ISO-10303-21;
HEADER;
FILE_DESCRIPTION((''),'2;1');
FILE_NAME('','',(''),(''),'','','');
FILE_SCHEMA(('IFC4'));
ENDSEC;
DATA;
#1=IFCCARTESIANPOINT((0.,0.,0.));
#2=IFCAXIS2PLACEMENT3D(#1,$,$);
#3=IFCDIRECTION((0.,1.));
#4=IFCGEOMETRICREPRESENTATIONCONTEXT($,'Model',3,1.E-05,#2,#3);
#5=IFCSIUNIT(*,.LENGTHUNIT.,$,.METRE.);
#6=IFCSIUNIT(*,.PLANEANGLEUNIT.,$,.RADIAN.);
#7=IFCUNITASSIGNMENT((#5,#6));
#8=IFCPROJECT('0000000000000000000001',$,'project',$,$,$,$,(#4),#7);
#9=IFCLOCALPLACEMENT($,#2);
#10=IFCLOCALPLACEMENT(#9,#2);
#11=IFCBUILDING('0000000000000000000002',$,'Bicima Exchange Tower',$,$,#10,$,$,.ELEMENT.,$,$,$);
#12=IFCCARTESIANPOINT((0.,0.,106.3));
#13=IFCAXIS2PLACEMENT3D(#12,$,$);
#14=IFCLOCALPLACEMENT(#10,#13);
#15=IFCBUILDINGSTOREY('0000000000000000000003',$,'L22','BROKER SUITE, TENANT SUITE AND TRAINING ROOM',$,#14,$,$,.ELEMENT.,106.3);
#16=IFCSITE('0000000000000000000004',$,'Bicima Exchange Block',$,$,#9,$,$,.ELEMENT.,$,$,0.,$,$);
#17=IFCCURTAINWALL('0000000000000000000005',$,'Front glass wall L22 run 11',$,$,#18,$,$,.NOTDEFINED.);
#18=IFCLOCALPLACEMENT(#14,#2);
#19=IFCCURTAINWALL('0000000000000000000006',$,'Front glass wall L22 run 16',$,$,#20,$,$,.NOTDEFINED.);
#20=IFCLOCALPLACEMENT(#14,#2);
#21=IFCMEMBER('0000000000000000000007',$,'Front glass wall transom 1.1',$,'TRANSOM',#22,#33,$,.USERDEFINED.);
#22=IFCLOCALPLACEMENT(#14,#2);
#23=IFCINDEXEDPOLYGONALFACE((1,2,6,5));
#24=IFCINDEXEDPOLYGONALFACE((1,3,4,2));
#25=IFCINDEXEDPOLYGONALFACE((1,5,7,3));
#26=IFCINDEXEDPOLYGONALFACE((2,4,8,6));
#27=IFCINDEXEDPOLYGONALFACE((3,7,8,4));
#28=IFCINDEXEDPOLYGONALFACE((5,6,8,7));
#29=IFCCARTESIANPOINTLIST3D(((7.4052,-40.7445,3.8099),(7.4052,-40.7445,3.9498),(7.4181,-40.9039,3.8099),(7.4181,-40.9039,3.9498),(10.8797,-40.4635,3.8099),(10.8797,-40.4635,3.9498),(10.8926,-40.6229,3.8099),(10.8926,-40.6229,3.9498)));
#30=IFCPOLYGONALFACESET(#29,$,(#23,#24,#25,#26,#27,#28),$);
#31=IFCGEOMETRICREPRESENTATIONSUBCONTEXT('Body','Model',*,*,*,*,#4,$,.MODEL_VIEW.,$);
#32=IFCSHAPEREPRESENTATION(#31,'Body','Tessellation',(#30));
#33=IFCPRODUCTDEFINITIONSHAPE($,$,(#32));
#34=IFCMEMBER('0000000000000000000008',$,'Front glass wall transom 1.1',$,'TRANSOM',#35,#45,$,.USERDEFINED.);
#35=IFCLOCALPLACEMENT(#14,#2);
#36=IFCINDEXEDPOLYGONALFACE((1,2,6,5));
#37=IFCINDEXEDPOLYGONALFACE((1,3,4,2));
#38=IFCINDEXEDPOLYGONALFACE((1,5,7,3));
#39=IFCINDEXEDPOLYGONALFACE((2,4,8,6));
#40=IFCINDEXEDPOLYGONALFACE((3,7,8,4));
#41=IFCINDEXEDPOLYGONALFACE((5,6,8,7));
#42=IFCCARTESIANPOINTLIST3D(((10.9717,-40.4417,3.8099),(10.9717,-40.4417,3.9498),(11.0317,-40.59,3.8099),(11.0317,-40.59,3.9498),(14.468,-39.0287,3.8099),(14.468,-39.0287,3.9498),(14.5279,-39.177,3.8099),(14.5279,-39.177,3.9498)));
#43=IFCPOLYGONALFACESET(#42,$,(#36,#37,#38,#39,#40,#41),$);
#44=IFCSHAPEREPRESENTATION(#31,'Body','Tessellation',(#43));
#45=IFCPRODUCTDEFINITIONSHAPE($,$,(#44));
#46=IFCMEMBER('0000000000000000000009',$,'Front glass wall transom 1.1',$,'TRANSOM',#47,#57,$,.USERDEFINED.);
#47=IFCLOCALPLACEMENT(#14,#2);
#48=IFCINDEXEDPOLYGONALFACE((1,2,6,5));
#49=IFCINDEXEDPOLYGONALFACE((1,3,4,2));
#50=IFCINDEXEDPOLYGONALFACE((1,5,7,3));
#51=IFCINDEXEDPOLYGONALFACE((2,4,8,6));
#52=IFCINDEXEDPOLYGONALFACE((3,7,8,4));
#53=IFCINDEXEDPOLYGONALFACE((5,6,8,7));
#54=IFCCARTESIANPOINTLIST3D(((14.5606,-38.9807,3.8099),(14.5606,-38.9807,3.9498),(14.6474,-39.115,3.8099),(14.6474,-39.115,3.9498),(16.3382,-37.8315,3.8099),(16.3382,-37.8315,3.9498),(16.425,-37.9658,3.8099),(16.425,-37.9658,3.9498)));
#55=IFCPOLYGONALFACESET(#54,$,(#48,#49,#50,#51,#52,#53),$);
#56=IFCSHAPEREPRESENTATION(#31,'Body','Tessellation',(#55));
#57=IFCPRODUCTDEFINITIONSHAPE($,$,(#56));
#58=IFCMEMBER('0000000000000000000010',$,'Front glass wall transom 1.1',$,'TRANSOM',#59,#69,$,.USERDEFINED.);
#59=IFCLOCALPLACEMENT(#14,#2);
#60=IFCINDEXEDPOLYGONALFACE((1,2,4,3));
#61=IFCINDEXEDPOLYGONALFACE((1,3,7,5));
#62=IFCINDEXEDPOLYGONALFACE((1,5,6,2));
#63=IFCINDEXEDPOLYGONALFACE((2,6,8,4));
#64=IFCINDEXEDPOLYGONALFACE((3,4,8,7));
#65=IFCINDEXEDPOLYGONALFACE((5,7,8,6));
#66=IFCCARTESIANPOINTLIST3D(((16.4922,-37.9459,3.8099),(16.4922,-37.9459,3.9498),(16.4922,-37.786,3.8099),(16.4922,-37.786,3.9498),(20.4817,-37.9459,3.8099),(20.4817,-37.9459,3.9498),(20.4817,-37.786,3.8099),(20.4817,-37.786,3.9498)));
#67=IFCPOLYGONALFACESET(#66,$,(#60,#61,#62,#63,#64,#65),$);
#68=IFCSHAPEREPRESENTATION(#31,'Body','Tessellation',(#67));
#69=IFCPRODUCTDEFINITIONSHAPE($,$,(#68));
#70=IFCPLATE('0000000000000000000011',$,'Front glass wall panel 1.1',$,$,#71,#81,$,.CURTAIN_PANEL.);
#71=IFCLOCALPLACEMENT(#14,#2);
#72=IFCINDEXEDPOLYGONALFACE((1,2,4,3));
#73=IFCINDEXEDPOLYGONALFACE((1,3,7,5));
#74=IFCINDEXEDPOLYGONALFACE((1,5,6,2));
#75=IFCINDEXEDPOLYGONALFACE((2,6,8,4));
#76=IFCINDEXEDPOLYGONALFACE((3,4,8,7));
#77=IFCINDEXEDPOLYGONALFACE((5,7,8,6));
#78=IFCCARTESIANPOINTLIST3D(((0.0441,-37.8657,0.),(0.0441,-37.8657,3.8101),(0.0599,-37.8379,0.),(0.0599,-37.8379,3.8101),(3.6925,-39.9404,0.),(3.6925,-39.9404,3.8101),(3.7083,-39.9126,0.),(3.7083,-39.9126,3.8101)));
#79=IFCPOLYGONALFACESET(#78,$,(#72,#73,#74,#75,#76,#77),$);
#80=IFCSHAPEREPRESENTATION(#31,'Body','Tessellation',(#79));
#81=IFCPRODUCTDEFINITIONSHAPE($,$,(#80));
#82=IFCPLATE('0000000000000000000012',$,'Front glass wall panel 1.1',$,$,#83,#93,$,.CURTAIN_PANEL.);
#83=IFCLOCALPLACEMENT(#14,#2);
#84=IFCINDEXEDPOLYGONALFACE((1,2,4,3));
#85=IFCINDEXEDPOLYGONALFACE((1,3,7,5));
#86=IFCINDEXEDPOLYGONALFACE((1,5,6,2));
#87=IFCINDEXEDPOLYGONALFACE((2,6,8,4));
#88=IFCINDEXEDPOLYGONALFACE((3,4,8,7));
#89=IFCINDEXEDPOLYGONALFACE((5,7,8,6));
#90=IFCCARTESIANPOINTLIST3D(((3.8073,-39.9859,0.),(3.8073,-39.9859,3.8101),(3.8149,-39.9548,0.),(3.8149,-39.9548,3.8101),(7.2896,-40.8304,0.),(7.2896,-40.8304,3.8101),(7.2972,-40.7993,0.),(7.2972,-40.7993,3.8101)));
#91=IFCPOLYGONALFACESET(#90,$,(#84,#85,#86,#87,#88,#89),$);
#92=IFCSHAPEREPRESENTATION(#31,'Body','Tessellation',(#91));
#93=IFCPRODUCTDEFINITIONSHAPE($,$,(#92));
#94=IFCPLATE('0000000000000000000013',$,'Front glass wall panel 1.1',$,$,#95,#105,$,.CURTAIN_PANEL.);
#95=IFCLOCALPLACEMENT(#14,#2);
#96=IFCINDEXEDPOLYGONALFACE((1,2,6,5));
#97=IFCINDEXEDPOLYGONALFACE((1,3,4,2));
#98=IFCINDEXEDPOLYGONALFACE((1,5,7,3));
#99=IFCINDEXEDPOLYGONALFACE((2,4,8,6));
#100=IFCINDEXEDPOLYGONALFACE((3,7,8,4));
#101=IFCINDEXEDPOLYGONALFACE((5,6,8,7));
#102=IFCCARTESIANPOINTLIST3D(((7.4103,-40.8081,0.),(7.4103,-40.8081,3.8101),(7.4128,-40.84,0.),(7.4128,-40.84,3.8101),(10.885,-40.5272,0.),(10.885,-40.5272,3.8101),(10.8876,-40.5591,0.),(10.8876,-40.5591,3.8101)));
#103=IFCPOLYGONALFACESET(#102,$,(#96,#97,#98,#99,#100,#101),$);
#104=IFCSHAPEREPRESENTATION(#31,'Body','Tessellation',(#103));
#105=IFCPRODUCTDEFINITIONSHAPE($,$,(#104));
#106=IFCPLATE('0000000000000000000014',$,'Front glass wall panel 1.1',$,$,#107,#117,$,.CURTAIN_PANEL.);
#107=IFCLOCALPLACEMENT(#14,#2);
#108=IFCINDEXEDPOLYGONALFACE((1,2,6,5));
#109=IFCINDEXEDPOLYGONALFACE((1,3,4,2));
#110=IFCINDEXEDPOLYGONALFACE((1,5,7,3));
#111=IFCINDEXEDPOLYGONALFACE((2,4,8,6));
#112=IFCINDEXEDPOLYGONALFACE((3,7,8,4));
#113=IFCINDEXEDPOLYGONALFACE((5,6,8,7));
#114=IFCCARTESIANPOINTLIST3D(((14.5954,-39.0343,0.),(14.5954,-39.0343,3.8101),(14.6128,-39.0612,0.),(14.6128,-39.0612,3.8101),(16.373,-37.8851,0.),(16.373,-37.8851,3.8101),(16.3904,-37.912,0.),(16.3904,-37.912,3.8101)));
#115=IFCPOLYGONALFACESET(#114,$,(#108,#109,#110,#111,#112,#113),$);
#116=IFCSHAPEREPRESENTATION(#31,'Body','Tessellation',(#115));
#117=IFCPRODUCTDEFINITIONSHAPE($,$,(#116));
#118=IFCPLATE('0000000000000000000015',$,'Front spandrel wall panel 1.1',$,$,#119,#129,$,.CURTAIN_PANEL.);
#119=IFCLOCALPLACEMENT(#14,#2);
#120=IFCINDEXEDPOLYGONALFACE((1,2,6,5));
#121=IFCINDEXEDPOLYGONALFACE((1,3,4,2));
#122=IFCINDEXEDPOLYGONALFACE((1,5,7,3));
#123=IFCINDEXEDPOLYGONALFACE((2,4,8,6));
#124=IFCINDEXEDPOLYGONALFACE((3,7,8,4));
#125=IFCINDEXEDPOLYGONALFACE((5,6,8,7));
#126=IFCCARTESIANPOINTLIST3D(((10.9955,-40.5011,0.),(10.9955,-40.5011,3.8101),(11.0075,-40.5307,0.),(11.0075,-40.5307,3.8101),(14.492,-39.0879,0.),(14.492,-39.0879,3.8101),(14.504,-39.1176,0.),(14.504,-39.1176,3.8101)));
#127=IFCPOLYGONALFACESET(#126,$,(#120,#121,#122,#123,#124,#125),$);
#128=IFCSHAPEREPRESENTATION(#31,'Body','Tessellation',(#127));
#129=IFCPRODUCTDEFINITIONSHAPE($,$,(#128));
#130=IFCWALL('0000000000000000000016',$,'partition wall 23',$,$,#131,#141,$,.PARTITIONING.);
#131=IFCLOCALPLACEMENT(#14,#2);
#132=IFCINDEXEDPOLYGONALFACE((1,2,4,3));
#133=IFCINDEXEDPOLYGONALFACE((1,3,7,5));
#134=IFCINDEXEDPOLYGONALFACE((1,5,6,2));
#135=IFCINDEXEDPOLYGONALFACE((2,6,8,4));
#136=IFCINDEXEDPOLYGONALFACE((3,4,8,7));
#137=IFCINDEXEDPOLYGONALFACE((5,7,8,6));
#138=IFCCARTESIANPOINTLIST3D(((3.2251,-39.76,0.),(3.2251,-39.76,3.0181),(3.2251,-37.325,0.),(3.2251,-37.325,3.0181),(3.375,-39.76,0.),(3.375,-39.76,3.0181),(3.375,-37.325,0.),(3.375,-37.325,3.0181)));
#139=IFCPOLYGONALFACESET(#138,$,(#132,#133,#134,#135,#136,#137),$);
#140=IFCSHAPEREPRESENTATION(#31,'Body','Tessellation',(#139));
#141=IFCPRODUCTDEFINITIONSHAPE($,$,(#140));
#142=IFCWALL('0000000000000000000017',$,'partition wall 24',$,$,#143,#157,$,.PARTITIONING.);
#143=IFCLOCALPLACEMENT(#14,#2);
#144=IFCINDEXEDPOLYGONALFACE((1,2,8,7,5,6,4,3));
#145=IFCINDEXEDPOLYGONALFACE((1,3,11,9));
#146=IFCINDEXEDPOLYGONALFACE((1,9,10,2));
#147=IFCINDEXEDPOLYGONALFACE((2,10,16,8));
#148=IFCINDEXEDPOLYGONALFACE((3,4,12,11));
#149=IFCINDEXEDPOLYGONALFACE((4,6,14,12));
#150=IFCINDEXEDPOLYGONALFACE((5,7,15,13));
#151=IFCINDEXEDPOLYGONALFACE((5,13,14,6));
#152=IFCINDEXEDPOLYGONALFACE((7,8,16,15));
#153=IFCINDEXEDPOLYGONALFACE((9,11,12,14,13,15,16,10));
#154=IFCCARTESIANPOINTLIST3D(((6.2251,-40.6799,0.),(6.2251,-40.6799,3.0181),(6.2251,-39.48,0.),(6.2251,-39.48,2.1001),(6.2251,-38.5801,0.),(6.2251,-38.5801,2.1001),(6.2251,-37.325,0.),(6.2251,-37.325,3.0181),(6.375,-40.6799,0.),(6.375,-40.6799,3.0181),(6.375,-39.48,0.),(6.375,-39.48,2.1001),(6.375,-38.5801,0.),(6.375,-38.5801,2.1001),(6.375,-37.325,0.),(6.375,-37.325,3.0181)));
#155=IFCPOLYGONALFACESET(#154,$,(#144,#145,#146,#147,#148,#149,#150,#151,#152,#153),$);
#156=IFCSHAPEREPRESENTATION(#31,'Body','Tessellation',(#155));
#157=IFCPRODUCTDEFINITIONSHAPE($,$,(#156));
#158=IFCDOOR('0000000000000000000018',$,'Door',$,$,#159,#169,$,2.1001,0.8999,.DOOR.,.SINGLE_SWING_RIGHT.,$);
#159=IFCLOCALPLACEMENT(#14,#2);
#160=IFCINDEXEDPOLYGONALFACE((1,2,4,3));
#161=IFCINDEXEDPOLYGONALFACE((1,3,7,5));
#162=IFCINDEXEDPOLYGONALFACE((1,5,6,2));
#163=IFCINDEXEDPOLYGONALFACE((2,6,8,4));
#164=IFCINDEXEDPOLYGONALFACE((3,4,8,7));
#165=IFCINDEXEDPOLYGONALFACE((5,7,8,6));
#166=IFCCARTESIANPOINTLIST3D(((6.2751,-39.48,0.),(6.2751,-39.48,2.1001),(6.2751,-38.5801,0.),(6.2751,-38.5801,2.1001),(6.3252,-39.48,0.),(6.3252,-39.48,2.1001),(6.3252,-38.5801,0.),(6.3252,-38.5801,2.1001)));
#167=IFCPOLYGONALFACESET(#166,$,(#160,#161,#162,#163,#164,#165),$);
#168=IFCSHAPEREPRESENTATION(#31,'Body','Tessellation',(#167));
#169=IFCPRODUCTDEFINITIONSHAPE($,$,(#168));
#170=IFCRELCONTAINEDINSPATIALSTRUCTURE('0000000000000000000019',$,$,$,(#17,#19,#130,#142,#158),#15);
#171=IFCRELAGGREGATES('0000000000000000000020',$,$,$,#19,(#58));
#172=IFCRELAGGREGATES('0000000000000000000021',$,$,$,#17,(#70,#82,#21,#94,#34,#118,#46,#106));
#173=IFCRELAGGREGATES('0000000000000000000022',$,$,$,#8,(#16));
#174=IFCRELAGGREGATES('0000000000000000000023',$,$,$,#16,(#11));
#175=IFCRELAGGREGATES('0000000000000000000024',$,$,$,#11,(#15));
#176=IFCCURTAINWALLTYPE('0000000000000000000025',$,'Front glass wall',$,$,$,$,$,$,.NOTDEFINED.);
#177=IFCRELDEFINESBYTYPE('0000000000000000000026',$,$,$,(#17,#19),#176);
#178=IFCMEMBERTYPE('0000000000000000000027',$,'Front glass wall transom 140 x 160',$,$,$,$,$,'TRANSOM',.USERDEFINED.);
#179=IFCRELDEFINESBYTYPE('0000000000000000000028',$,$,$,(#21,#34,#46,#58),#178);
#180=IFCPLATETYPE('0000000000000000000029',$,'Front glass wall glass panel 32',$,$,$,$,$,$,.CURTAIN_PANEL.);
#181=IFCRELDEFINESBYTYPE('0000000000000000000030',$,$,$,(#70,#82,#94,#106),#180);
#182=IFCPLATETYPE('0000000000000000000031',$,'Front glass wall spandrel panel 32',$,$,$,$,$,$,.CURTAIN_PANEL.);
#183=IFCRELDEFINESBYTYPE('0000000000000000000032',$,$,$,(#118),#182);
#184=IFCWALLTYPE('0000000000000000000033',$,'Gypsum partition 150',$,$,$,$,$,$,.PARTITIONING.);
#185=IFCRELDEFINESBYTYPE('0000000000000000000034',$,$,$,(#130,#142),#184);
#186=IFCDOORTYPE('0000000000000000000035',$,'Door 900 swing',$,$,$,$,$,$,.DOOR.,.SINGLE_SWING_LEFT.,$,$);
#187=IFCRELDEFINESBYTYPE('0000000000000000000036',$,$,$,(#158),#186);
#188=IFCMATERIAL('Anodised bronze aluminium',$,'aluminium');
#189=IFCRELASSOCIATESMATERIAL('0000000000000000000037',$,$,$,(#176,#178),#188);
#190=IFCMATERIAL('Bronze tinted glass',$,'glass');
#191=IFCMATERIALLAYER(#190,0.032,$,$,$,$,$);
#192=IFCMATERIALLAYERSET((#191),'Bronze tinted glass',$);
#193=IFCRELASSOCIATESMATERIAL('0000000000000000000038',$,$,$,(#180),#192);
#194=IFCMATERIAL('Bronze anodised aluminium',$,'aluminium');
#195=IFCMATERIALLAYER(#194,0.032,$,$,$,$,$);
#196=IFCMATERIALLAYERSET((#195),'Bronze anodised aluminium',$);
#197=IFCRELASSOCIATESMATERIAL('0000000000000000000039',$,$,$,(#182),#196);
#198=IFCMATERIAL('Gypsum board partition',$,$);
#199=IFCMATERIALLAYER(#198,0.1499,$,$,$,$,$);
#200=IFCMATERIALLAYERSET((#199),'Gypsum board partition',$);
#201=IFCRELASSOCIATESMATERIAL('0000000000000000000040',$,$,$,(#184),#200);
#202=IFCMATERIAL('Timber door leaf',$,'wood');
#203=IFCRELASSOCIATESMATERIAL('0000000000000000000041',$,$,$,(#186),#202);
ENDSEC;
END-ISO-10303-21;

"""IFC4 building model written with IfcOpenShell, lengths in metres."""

from ifc_helpers import new_model, si_unit, direction, frame, frame_2d, origin, origin_2d, place, context, subcontext, project, spatial, rectangle, extrude, material, layer, layer_set, material_profile, profile_set, type_object, element, fill, aggregate, save


model = new_model("IFC4")

# Units and contexts
model_context = context("Model", 3, precision=1e-05, world=origin(), true_north=direction((0.0, 1.0)))
body_context = subcontext(model_context, "Body", "Model", "MODEL_VIEW")
ifc_project = project(units=[si_unit("LENGTHUNIT", "METRE"), si_unit("PLANEANGLEUNIT", "RADIAN")], contexts=[model_context])

# Site, building, storey
site_placement = place(None, origin())
site = spatial("IfcSite", under=ifc_project, at=site_placement, Name="Bicima Exchange Block", CompositionType="ELEMENT", RefElevation=0.0)
building_placement = place(site_placement, origin())
building = spatial("IfcBuilding", under=site, at=building_placement, Name="Bicima Exchange Tower", CompositionType="ELEMENT")
storey_placement = place(building_placement, frame((0.0, 0.0, 106.3)))
storey = spatial("IfcBuildingStorey", under=building, at=storey_placement, Name="L22", Description="BROKER SUITE, TENANT SUITE AND TRAINING ROOM", CompositionType="ELEMENT", Elevation=106.3)

# Curtain wall
ifc_material_1 = material(Name="Anodised bronze aluminium", Category="aluminium")
curtain_wall_type = type_object("IfcCurtainWallType", Name="Front glass wall", PredefinedType="NOTDEFINED", material=ifc_material_1)
curtain_wall_1_placement = place(storey_placement, origin())
curtain_wall_1 = element("IfcCurtainWall", 1, at=curtain_wall_1_placement, inside=storey, type_object=curtain_wall_type, Name="Front glass wall L22 run 11", PredefinedType="NOTDEFINED")

# Curtain wall
curtain_wall_2_placement = place(storey_placement, origin())
curtain_wall_2 = element("IfcCurtainWall", 2, at=curtain_wall_2_placement, inside=storey, type_object=curtain_wall_type, Name="Front glass wall L22 run 16", PredefinedType="NOTDEFINED")

# Members
ifc_material_profile_1 = material_profile(ifc_material_1, rectangle(XDim=0.1599, YDim=0.1399, at=origin_2d()))
ifc_profile_set_1 = profile_set([ifc_material_profile_1], Name="Anodised bronze aluminium")
member_type_1 = type_object("IfcMemberType", Name="Front glass wall transom 140 x 160", ElementType="TRANSOM", PredefinedType="USERDEFINED", material=ifc_profile_set_1)
member_1_placement = place(storey_placement, frame((7.4116, -40.8242, 3.8799), z_axis=(0.996746, 0.080611, 0.0), x_axis=(-0.080611, 0.996746, 0.0)))
member_1 = element("IfcMember", 3, at=member_1_placement, type_object=member_type_1, Name="Front glass wall transom 1.1", ObjectType="TRANSOM", PredefinedType="USERDEFINED", context=body_context, shape_type="SweptSolid", body=[
    extrude(rectangle(XDim=0.1599, YDim=0.1399, at=origin_2d()), origin(), (0.0, 0.0, 1.0), 3.4858),
])
member_2_placement = place(storey_placement, frame((11.0017, -40.5159, 3.8799), z_axis=(0.92714, 0.374715, 0.0), x_axis=(-0.374715, 0.92714, 0.0)))
member_2 = element("IfcMember", 4, at=member_2_placement, type_object=member_type_1, Name="Front glass wall transom 1.1", ObjectType="TRANSOM", PredefinedType="USERDEFINED", context=body_context, shape_type="SweptSolid", body=[
    extrude(rectangle(XDim=0.1599, YDim=0.1399, at=origin_2d()), origin(), (0.0, 0.0, 1.0), 3.771),
])
member_3_placement = place(storey_placement, frame((14.604, -39.0479, 3.8799), z_axis=(0.839793, 0.542907, 0.0), x_axis=(-0.542907, 0.839793, 0.0)))
member_3 = element("IfcMember", 5, at=member_3_placement, type_object=member_type_1, Name="Front glass wall transom 1.1", ObjectType="TRANSOM", PredefinedType="USERDEFINED", context=body_context, shape_type="SweptSolid", body=[
    extrude(rectangle(XDim=0.1599, YDim=0.1399, at=origin_2d()), origin(), (0.0, 0.0, 1.0), 2.1167),
])
member_4_placement = place(storey_placement, frame((16.4922, -37.866, 3.8799), z_axis=(1.0, 0.0, 0.0), x_axis=(0.0, 1.0, 0.0)))
member_4 = element("IfcMember", 6, at=member_4_placement, type_object=member_type_1, Name="Front glass wall transom 1.1", ObjectType="TRANSOM", PredefinedType="USERDEFINED", context=body_context, shape_type="SweptSolid", body=[
    extrude(rectangle(XDim=0.1599, YDim=0.1399, at=origin_2d()), origin(), (0.0, 0.0, 1.0), 3.9895),
])
aggregate(curtain_wall_2, [member_4])

# Plates
ifc_material_2 = material(Name="Bronze tinted glass", Category="glass")
ifc_layer_1 = layer(ifc_material_2, 0.032)
ifc_layer_set_1 = layer_set([ifc_layer_1], Name="Bronze tinted glass")
plate_type_1 = type_object("IfcPlateType", Name="Front glass wall glass panel 32", PredefinedType="CURTAIN_PANEL", material=ifc_layer_set_1)
plate_1_placement = place(storey_placement, frame((1.8762, -38.8892, 0.0), z_axis=(0.0, 0.0, 1.0), x_axis=(0.869274, -0.49433, 0.0)))
plate_1 = element("IfcPlate", 7, at=plate_1_placement, type_object=plate_type_1, Name="Front glass wall panel 1.1", PredefinedType="CURTAIN_PANEL", context=body_context, shape_type="SweptSolid", body=[
    extrude(rectangle(XDim=4.197, YDim=0.032, at=origin_2d()), origin(), (0.0, 0.0, 1.0), 3.8101),
])
plate_2_placement = place(storey_placement, frame((5.5522, -40.3926, 0.0), z_axis=(0.0, 0.0, 1.0), x_axis=(0.97183, -0.235682, 0.0)))
plate_2 = element("IfcPlate", 8, at=plate_2_placement, type_object=plate_type_1, Name="Front glass wall panel 1.1", PredefinedType="CURTAIN_PANEL", context=body_context, shape_type="SweptSolid", body=[
    extrude(rectangle(XDim=3.5833, YDim=0.032, at=origin_2d()), origin(), (0.0, 0.0, 1.0), 3.8101),
])
plate_3_placement = place(storey_placement, frame((9.1489, -40.6836, 0.0), z_axis=(0.0, 0.0, 1.0), x_axis=(0.996747, 0.080589, 0.0)))
plate_3 = element("IfcPlate", 9, at=plate_3_placement, type_object=plate_type_1, Name="Front glass wall panel 1.1", PredefinedType="CURTAIN_PANEL", context=body_context, shape_type="SweptSolid", body=[
    extrude(rectangle(XDim=3.4861, YDim=0.032, at=origin_2d()), origin(), (0.0, 0.0, 1.0), 3.8101),
])
plate_4_placement = place(storey_placement, frame((15.4929, -38.4731, 0.0), z_axis=(0.0, 0.0, 1.0), x_axis=(0.839791, 0.542909, 0.0)))
plate_4 = element("IfcPlate", 10, at=plate_4_placement, type_object=plate_type_1, Name="Front glass wall panel 1.1", PredefinedType="CURTAIN_PANEL", context=body_context, shape_type="SweptSolid", body=[
    extrude(rectangle(XDim=2.1167, YDim=0.032, at=origin_2d()), origin(), (0.0, 0.0, 1.0), 3.8101),
])
ifc_material_3 = material(Name="Bronze anodised aluminium", Category="aluminium")
ifc_layer_2 = layer(ifc_material_3, 0.032)
ifc_layer_set_2 = layer_set([ifc_layer_2], Name="Bronze anodised aluminium")
plate_type_2 = type_object("IfcPlateType", Name="Front glass wall spandrel panel 32", PredefinedType="CURTAIN_PANEL", material=ifc_layer_set_2)
plate_5_placement = place(storey_placement, frame((12.7498, -39.8093, 0.0), z_axis=(0.0, 0.0, 1.0), x_axis=(0.927144, 0.374705, 0.0)))
plate_5 = element("IfcPlate", 11, at=plate_5_placement, type_object=plate_type_2, Name="Front spandrel wall panel 1.1", PredefinedType="CURTAIN_PANEL", context=body_context, shape_type="SweptSolid", body=[
    extrude(rectangle(XDim=3.7712, YDim=0.032, at=origin_2d()), origin(), (0.0, 0.0, 1.0), 3.8101),
])
aggregate(curtain_wall_1, [plate_1, plate_2, member_1, plate_3, member_2, plate_5, member_3, plate_4])

# Wall
ifc_material_4 = material(Name="Gypsum board partition")
ifc_layer_3 = layer(ifc_material_4, 0.1499)
ifc_layer_set_3 = layer_set([ifc_layer_3], Name="Gypsum board partition")
wall_type = type_object("IfcWallType", Name="Gypsum partition 150", PredefinedType="PARTITIONING", material=ifc_layer_set_3)
wall_1_placement = place(storey_placement, frame((3.3, -39.76, 0.0), z_axis=(0.0, 0.0, 1.0), x_axis=(0.0, 1.0, 0.0)))
element("IfcWall", 12, at=wall_1_placement, inside=storey, type_object=wall_type, Name="partition wall 23", PredefinedType="PARTITIONING", context=body_context, shape_type="SweptSolid", body=[
    extrude(rectangle(XDim=2.4351, YDim=0.1499, at=frame_2d((1.2175, 0.0))), origin(), (0.0, 0.0, 1.0), 3.0181),
])

# Wall, opening, door
wall_2_placement = place(storey_placement, frame((6.3, -40.6799, 0.0), z_axis=(0.0, 0.0, 1.0), x_axis=(0.0, 1.0, 0.0)))
wall_2 = element("IfcWall", 13, at=wall_2_placement, inside=storey, type_object=wall_type, Name="partition wall 24", PredefinedType="PARTITIONING", context=body_context, shape_type="SweptSolid", body=[
    extrude(rectangle(XDim=3.355, YDim=0.1499, at=frame_2d((1.6775, 0.0))), origin(), (0.0, 0.0, 1.0), 3.0181),
])
opening_placement = place(wall_2_placement, frame((1.2, 0.0, 0.0)))
opening = element("IfcOpeningElement", 14, at=opening_placement, cuts=wall_2, PredefinedType="OPENING", context=body_context, shape_type="SweptSolid", body=[
    extrude(rectangle(XDim=0.8999, YDim=2.1001, at=frame_2d((0.45, 1.05))), frame((0.0, 0.0869, 0.0), z_axis=(0.0, -1.0, 0.0), x_axis=(1.0, 0.0, 0.0)), (0.0, 0.0, 1.0), 0.1738),
])
ifc_material_5 = material(Name="Timber door leaf", Category="wood")
door_type = type_object("IfcDoorType", Name="Door 900 swing", OperationType="SINGLE_SWING_LEFT", PredefinedType="DOOR", material=ifc_material_5)
door_placement = place(opening_placement, origin())
door = element("IfcDoor", 15, at=door_placement, inside=storey, type_object=door_type, Name="Door", OperationType="SINGLE_SWING_RIGHT", OverallHeight=2.1001, OverallWidth=0.8999, PredefinedType="DOOR", context=body_context, shape_type="SweptSolid", body=[
    extrude(rectangle(XDim=0.8999, YDim=2.1001, at=frame_2d((0.45, 1.05))), frame((0.0, 0.0249, 0.0), z_axis=(0.0, -1.0, 0.0), x_axis=(1.0, 0.0, 0.0)), (0.0, 0.0, 1.0), 0.05),
])
fill(opening, door)

save(model, "model.ifc")
